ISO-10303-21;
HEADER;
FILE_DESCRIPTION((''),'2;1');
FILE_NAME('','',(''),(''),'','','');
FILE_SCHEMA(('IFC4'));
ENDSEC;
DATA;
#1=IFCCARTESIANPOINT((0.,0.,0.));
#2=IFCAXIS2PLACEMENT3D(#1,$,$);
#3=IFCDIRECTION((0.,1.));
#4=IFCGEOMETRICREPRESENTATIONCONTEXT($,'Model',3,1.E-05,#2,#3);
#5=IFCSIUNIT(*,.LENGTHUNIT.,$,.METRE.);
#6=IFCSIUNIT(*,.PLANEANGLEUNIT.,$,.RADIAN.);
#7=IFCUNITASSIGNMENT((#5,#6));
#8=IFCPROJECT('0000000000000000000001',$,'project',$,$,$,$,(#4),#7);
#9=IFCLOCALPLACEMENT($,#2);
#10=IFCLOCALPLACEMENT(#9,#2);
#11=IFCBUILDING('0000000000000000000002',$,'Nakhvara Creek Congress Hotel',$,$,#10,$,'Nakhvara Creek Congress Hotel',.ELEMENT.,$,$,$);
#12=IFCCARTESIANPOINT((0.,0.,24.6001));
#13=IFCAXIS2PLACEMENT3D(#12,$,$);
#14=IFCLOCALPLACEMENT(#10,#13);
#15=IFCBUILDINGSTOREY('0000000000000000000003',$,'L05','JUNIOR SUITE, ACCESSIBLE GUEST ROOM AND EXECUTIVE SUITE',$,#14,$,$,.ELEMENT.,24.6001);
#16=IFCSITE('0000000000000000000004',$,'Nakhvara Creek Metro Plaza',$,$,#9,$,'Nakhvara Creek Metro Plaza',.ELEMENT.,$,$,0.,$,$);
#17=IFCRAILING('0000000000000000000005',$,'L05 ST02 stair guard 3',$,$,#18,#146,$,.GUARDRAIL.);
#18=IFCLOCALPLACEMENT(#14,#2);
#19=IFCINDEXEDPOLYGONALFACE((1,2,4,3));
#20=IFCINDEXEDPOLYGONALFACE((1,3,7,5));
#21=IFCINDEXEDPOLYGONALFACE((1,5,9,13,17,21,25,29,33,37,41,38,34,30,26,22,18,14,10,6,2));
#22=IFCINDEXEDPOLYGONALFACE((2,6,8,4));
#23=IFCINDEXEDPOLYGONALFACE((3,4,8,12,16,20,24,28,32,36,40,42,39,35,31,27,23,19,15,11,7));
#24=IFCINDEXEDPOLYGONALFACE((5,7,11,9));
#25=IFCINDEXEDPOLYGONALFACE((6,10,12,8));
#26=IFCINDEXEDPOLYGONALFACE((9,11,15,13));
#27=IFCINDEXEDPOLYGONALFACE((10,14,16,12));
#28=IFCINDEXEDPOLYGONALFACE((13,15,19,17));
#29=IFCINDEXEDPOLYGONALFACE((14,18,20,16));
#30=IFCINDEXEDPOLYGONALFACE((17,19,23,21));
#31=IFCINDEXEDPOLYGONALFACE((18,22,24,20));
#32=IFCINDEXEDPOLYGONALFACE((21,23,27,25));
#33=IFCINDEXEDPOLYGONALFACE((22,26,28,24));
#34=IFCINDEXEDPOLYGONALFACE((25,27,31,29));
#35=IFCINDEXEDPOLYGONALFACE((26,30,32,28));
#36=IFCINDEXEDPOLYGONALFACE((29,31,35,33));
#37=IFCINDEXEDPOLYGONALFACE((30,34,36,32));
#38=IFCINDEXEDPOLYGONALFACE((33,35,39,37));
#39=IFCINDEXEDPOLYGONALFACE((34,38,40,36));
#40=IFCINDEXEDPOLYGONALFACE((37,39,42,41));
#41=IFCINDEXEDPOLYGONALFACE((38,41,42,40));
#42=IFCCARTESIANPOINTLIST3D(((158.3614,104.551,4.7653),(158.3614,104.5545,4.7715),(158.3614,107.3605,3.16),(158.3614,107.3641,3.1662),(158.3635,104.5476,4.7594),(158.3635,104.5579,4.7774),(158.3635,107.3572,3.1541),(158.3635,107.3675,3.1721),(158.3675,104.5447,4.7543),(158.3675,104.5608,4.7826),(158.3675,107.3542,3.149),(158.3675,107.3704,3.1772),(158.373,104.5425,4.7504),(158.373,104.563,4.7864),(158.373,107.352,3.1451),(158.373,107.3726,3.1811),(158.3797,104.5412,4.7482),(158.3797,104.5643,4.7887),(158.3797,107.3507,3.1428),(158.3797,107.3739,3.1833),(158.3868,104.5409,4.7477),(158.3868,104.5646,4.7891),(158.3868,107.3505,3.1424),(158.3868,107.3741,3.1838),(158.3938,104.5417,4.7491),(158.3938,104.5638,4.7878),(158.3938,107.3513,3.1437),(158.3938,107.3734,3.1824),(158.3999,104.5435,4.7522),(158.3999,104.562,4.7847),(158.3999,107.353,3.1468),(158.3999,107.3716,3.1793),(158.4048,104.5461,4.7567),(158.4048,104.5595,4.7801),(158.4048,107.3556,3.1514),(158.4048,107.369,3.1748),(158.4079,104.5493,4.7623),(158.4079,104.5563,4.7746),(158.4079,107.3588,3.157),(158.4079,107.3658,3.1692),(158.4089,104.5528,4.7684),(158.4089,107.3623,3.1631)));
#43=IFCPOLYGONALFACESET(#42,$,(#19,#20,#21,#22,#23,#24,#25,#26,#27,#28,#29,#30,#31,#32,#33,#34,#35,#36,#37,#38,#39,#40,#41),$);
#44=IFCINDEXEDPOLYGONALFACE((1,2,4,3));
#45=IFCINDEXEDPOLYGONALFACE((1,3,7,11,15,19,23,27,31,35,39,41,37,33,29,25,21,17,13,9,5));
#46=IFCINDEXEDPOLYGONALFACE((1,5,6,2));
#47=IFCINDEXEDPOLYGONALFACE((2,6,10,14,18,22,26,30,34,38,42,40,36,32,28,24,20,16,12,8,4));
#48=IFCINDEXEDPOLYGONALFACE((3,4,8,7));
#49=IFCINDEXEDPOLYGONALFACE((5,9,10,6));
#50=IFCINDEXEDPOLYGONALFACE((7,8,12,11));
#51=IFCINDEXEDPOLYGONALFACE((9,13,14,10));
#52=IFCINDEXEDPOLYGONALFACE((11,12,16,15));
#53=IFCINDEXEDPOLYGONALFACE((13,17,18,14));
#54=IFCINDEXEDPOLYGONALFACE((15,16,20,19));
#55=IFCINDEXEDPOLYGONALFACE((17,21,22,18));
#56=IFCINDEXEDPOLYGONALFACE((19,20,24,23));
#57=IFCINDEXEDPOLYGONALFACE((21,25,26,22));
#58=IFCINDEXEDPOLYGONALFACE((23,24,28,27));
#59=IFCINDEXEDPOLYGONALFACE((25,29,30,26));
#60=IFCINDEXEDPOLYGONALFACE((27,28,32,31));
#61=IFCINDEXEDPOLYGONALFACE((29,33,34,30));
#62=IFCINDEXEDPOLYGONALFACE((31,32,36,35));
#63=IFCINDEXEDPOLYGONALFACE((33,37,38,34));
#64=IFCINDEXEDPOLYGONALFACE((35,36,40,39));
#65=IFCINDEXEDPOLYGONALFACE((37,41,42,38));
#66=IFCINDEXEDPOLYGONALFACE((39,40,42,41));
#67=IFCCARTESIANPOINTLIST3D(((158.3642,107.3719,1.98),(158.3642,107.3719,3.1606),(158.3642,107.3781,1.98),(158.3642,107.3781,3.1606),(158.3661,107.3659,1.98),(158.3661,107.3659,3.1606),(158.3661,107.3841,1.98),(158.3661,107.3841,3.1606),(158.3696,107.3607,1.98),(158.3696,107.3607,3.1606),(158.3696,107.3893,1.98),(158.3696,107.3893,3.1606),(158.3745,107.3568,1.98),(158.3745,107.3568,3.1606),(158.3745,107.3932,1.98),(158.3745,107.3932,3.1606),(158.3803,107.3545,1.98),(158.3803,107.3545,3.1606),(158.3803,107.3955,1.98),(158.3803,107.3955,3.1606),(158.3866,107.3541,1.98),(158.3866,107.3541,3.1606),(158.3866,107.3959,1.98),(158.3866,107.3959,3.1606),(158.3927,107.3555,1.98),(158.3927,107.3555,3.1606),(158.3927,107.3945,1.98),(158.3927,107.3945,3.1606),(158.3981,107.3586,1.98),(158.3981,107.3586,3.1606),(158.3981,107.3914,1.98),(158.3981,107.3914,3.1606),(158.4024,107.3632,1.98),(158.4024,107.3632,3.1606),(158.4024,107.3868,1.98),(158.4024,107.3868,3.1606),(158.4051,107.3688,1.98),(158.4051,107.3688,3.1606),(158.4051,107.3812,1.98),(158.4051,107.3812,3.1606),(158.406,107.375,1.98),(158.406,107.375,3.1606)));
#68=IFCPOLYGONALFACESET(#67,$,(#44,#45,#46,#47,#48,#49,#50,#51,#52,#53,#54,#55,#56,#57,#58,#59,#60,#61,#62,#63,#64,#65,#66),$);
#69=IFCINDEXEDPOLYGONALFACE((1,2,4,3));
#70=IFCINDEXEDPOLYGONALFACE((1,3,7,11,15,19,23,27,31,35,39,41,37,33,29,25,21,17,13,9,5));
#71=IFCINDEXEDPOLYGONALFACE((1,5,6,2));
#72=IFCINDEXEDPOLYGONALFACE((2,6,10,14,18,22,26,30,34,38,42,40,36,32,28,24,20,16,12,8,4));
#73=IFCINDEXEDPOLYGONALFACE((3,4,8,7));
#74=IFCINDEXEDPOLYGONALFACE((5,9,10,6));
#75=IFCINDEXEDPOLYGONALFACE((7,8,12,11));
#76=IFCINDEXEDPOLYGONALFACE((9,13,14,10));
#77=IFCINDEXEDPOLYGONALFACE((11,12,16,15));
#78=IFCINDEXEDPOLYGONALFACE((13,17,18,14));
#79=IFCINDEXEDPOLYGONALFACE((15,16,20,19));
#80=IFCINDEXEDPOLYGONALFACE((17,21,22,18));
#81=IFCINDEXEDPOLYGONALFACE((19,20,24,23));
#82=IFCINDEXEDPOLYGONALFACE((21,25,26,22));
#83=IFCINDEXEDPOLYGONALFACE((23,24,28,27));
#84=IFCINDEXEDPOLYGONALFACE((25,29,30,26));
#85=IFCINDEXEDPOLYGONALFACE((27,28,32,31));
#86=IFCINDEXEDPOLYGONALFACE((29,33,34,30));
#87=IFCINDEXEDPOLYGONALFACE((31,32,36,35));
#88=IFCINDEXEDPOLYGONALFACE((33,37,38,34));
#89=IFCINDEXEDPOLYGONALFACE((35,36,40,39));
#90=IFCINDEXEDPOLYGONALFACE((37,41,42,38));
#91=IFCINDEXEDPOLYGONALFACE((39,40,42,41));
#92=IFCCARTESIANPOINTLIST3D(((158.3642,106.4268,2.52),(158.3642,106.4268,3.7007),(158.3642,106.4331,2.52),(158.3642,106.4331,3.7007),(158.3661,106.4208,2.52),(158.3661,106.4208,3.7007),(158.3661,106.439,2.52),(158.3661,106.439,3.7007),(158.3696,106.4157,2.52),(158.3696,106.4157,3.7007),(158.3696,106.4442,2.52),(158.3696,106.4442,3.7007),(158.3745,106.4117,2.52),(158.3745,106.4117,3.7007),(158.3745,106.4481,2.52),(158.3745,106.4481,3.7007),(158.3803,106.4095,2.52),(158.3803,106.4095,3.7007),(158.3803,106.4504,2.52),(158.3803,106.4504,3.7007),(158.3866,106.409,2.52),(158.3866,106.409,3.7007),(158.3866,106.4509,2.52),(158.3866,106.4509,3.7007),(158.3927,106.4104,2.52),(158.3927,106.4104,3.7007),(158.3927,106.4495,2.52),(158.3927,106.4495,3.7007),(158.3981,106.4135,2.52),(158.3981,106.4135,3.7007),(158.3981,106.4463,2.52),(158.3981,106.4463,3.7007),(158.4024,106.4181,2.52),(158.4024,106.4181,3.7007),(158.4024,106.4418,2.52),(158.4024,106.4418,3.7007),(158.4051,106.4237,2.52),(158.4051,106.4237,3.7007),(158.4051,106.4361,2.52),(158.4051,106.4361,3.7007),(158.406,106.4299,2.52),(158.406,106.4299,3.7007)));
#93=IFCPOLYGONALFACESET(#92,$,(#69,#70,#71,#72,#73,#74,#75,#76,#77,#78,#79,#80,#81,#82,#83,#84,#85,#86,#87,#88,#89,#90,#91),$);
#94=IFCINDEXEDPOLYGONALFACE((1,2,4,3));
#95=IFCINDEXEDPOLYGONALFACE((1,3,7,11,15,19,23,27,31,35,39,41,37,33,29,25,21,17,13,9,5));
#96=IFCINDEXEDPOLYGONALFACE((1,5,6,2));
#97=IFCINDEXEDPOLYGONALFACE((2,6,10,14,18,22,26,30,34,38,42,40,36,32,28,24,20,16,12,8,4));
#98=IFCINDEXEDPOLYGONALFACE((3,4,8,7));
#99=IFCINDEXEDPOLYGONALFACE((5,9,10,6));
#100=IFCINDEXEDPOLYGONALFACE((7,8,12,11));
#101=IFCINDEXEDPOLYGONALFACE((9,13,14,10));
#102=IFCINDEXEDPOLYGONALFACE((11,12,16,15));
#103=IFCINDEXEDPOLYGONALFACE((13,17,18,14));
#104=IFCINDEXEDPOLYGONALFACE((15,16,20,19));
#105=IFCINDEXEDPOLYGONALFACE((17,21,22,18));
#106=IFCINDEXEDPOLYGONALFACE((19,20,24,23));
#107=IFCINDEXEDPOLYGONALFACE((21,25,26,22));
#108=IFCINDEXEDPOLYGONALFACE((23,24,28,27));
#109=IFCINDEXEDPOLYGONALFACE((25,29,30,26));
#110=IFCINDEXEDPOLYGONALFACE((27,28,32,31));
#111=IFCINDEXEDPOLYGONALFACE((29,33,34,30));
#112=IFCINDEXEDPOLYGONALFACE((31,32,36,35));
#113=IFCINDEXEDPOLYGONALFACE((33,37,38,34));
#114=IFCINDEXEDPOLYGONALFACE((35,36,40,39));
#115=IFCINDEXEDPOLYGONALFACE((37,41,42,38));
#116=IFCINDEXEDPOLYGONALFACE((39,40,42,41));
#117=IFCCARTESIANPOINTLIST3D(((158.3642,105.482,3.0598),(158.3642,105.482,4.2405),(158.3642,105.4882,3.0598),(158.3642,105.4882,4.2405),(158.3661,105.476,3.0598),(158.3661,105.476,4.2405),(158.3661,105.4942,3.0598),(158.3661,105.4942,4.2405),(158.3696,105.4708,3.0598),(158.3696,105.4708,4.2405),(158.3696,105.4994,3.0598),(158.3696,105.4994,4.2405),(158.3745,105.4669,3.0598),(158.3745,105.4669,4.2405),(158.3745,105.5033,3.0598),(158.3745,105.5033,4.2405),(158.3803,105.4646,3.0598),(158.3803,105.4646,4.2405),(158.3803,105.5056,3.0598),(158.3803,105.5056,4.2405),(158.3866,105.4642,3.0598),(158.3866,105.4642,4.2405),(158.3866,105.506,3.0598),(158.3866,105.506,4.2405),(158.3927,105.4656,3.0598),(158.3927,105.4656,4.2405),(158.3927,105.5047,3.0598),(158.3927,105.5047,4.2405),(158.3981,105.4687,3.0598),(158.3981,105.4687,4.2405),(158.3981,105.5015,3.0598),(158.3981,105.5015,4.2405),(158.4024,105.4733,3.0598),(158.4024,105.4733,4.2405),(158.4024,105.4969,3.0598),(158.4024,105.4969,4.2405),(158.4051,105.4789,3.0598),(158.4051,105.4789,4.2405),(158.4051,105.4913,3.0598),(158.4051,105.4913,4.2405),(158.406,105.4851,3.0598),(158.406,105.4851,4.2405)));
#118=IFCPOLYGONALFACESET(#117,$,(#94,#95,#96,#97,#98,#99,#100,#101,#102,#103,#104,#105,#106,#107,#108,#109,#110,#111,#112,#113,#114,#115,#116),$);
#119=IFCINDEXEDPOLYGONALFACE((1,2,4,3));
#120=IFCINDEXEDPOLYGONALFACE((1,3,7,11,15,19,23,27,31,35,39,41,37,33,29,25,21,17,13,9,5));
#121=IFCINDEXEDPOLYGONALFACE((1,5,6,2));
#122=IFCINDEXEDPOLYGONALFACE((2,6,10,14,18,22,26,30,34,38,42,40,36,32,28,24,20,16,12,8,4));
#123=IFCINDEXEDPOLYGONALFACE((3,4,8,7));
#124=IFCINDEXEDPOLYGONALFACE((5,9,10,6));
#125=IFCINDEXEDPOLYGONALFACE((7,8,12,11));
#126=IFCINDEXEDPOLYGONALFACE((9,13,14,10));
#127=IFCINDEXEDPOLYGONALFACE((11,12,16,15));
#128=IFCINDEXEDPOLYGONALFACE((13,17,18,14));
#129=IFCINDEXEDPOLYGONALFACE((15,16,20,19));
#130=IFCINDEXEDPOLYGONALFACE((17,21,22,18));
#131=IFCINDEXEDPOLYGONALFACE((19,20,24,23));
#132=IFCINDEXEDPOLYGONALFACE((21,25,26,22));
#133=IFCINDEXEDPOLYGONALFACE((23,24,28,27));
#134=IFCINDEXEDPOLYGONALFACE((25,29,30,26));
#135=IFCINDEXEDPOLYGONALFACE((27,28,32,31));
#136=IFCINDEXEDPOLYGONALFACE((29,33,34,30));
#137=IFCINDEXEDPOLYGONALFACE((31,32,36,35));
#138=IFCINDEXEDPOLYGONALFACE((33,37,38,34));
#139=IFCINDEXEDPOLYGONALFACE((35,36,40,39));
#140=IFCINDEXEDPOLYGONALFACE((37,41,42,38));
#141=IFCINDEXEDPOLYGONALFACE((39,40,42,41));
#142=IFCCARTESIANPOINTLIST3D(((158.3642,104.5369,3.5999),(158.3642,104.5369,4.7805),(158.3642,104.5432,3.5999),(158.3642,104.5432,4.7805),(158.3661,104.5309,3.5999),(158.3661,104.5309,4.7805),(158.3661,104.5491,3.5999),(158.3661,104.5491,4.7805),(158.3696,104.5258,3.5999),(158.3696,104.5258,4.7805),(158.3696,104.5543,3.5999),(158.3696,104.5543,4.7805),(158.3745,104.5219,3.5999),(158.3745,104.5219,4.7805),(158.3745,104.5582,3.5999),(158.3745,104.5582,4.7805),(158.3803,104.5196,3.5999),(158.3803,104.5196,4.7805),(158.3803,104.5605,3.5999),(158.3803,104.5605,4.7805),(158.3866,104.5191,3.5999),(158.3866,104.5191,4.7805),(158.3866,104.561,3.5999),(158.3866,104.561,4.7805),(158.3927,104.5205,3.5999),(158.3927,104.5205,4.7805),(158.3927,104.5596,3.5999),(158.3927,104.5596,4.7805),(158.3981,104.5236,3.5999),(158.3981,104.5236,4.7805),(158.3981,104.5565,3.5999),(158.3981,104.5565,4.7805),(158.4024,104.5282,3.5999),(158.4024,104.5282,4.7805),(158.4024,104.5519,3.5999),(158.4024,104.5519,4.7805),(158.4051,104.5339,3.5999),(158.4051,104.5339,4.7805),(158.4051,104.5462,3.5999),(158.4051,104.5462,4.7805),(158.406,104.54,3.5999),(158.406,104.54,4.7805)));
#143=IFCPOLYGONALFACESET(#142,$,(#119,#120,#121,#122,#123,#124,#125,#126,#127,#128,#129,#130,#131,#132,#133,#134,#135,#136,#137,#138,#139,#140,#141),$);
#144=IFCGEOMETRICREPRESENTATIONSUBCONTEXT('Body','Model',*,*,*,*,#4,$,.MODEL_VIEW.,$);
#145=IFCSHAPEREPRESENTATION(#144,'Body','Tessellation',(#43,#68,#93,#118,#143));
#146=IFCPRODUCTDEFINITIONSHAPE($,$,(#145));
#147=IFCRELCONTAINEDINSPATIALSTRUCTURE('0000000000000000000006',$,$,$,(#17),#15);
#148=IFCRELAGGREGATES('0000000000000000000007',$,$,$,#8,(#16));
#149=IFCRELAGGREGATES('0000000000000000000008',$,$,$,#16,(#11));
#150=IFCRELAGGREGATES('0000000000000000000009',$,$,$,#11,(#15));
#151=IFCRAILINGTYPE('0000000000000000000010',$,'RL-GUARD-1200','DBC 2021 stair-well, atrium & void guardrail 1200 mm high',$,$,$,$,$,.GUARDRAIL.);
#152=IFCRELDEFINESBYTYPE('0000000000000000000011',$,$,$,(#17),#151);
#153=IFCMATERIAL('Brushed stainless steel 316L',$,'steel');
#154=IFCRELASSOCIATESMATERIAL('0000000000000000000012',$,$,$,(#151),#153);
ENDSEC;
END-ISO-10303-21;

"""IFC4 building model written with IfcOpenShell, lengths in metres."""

from ifc_helpers import new_model, si_unit, direction, frame, origin, origin_2d, place, context, subcontext, project, spatial, circle, extrude, material, type_object, element, save


model = new_model("IFC4")

# Units and contexts
model_context = context("Model", 3, precision=1e-05, world=origin(), true_north=direction((0.0, 1.0)))
body_context = subcontext(model_context, "Body", "Model", "MODEL_VIEW")
ifc_project = project(units=[si_unit("LENGTHUNIT", "METRE"), si_unit("PLANEANGLEUNIT", "RADIAN")], contexts=[model_context])

# Site, building, storey
site_placement = place(None, origin())
site = spatial("IfcSite", under=ifc_project, at=site_placement, Name="Nakhvara Creek Metro Plaza", LongName="Nakhvara Creek Metro Plaza", CompositionType="ELEMENT", RefElevation=0.0)
building_placement = place(site_placement, origin())
building = spatial("IfcBuilding", under=site, at=building_placement, Name="Nakhvara Creek Congress Hotel", LongName="Nakhvara Creek Congress Hotel", CompositionType="ELEMENT")
storey_placement = place(building_placement, frame((0.0, 0.0, 24.6001)))
storey = spatial("IfcBuildingStorey", under=building, at=storey_placement, Name="L05", Description="JUNIOR SUITE, ACCESSIBLE GUEST ROOM AND EXECUTIVE SUITE", CompositionType="ELEMENT", Elevation=24.6001)

# Railing
ifc_material_1 = material(Name="Brushed stainless steel 316L", Category="steel")
railing_type_1 = type_object("IfcRailingType", Name="RL-GUARD-1200", Description="DBC 2021 stair-well, atrium & void guardrail 1200 mm high", PredefinedType="GUARDRAIL", material=ifc_material_1)
railing_1_placement = place(storey_placement, frame((158.385, 107.375, 1.98)))
element("IfcRailing", 1, at=railing_1_placement, inside=storey, type_object=railing_type_1, Name="L05 ST02 stair guard 3", PredefinedType="GUARDRAIL", context=body_context, shape_type="SweptSolid", body=[
    extrude(circle(Radius=0.0239, at=origin_2d()), frame((0.0, -0.0127, 1.1831), z_axis=(0.0, -0.868257, 0.496115), x_axis=(1.0, 0.0, 0.0)), (0.0, 0.0, 1.0), 3.2358),
    extrude(circle(Radius=0.021, at=origin_2d()), origin(), (0.0, 0.0, 1.0), 1.1807),
    extrude(circle(Radius=0.021, at=origin_2d()), frame((0.0, -0.9451, 0.54)), (0.0, 0.0, 1.0), 1.1807),
    extrude(circle(Radius=0.021, at=origin_2d()), frame((0.0, -1.8899, 1.0798)), (0.0, 0.0, 1.0), 1.1807),
    extrude(circle(Radius=0.021, at=origin_2d()), frame((0.0, -2.835, 1.6199)), (0.0, 0.0, 1.0), 1.1807),
])

save(model, "model.ifc")
